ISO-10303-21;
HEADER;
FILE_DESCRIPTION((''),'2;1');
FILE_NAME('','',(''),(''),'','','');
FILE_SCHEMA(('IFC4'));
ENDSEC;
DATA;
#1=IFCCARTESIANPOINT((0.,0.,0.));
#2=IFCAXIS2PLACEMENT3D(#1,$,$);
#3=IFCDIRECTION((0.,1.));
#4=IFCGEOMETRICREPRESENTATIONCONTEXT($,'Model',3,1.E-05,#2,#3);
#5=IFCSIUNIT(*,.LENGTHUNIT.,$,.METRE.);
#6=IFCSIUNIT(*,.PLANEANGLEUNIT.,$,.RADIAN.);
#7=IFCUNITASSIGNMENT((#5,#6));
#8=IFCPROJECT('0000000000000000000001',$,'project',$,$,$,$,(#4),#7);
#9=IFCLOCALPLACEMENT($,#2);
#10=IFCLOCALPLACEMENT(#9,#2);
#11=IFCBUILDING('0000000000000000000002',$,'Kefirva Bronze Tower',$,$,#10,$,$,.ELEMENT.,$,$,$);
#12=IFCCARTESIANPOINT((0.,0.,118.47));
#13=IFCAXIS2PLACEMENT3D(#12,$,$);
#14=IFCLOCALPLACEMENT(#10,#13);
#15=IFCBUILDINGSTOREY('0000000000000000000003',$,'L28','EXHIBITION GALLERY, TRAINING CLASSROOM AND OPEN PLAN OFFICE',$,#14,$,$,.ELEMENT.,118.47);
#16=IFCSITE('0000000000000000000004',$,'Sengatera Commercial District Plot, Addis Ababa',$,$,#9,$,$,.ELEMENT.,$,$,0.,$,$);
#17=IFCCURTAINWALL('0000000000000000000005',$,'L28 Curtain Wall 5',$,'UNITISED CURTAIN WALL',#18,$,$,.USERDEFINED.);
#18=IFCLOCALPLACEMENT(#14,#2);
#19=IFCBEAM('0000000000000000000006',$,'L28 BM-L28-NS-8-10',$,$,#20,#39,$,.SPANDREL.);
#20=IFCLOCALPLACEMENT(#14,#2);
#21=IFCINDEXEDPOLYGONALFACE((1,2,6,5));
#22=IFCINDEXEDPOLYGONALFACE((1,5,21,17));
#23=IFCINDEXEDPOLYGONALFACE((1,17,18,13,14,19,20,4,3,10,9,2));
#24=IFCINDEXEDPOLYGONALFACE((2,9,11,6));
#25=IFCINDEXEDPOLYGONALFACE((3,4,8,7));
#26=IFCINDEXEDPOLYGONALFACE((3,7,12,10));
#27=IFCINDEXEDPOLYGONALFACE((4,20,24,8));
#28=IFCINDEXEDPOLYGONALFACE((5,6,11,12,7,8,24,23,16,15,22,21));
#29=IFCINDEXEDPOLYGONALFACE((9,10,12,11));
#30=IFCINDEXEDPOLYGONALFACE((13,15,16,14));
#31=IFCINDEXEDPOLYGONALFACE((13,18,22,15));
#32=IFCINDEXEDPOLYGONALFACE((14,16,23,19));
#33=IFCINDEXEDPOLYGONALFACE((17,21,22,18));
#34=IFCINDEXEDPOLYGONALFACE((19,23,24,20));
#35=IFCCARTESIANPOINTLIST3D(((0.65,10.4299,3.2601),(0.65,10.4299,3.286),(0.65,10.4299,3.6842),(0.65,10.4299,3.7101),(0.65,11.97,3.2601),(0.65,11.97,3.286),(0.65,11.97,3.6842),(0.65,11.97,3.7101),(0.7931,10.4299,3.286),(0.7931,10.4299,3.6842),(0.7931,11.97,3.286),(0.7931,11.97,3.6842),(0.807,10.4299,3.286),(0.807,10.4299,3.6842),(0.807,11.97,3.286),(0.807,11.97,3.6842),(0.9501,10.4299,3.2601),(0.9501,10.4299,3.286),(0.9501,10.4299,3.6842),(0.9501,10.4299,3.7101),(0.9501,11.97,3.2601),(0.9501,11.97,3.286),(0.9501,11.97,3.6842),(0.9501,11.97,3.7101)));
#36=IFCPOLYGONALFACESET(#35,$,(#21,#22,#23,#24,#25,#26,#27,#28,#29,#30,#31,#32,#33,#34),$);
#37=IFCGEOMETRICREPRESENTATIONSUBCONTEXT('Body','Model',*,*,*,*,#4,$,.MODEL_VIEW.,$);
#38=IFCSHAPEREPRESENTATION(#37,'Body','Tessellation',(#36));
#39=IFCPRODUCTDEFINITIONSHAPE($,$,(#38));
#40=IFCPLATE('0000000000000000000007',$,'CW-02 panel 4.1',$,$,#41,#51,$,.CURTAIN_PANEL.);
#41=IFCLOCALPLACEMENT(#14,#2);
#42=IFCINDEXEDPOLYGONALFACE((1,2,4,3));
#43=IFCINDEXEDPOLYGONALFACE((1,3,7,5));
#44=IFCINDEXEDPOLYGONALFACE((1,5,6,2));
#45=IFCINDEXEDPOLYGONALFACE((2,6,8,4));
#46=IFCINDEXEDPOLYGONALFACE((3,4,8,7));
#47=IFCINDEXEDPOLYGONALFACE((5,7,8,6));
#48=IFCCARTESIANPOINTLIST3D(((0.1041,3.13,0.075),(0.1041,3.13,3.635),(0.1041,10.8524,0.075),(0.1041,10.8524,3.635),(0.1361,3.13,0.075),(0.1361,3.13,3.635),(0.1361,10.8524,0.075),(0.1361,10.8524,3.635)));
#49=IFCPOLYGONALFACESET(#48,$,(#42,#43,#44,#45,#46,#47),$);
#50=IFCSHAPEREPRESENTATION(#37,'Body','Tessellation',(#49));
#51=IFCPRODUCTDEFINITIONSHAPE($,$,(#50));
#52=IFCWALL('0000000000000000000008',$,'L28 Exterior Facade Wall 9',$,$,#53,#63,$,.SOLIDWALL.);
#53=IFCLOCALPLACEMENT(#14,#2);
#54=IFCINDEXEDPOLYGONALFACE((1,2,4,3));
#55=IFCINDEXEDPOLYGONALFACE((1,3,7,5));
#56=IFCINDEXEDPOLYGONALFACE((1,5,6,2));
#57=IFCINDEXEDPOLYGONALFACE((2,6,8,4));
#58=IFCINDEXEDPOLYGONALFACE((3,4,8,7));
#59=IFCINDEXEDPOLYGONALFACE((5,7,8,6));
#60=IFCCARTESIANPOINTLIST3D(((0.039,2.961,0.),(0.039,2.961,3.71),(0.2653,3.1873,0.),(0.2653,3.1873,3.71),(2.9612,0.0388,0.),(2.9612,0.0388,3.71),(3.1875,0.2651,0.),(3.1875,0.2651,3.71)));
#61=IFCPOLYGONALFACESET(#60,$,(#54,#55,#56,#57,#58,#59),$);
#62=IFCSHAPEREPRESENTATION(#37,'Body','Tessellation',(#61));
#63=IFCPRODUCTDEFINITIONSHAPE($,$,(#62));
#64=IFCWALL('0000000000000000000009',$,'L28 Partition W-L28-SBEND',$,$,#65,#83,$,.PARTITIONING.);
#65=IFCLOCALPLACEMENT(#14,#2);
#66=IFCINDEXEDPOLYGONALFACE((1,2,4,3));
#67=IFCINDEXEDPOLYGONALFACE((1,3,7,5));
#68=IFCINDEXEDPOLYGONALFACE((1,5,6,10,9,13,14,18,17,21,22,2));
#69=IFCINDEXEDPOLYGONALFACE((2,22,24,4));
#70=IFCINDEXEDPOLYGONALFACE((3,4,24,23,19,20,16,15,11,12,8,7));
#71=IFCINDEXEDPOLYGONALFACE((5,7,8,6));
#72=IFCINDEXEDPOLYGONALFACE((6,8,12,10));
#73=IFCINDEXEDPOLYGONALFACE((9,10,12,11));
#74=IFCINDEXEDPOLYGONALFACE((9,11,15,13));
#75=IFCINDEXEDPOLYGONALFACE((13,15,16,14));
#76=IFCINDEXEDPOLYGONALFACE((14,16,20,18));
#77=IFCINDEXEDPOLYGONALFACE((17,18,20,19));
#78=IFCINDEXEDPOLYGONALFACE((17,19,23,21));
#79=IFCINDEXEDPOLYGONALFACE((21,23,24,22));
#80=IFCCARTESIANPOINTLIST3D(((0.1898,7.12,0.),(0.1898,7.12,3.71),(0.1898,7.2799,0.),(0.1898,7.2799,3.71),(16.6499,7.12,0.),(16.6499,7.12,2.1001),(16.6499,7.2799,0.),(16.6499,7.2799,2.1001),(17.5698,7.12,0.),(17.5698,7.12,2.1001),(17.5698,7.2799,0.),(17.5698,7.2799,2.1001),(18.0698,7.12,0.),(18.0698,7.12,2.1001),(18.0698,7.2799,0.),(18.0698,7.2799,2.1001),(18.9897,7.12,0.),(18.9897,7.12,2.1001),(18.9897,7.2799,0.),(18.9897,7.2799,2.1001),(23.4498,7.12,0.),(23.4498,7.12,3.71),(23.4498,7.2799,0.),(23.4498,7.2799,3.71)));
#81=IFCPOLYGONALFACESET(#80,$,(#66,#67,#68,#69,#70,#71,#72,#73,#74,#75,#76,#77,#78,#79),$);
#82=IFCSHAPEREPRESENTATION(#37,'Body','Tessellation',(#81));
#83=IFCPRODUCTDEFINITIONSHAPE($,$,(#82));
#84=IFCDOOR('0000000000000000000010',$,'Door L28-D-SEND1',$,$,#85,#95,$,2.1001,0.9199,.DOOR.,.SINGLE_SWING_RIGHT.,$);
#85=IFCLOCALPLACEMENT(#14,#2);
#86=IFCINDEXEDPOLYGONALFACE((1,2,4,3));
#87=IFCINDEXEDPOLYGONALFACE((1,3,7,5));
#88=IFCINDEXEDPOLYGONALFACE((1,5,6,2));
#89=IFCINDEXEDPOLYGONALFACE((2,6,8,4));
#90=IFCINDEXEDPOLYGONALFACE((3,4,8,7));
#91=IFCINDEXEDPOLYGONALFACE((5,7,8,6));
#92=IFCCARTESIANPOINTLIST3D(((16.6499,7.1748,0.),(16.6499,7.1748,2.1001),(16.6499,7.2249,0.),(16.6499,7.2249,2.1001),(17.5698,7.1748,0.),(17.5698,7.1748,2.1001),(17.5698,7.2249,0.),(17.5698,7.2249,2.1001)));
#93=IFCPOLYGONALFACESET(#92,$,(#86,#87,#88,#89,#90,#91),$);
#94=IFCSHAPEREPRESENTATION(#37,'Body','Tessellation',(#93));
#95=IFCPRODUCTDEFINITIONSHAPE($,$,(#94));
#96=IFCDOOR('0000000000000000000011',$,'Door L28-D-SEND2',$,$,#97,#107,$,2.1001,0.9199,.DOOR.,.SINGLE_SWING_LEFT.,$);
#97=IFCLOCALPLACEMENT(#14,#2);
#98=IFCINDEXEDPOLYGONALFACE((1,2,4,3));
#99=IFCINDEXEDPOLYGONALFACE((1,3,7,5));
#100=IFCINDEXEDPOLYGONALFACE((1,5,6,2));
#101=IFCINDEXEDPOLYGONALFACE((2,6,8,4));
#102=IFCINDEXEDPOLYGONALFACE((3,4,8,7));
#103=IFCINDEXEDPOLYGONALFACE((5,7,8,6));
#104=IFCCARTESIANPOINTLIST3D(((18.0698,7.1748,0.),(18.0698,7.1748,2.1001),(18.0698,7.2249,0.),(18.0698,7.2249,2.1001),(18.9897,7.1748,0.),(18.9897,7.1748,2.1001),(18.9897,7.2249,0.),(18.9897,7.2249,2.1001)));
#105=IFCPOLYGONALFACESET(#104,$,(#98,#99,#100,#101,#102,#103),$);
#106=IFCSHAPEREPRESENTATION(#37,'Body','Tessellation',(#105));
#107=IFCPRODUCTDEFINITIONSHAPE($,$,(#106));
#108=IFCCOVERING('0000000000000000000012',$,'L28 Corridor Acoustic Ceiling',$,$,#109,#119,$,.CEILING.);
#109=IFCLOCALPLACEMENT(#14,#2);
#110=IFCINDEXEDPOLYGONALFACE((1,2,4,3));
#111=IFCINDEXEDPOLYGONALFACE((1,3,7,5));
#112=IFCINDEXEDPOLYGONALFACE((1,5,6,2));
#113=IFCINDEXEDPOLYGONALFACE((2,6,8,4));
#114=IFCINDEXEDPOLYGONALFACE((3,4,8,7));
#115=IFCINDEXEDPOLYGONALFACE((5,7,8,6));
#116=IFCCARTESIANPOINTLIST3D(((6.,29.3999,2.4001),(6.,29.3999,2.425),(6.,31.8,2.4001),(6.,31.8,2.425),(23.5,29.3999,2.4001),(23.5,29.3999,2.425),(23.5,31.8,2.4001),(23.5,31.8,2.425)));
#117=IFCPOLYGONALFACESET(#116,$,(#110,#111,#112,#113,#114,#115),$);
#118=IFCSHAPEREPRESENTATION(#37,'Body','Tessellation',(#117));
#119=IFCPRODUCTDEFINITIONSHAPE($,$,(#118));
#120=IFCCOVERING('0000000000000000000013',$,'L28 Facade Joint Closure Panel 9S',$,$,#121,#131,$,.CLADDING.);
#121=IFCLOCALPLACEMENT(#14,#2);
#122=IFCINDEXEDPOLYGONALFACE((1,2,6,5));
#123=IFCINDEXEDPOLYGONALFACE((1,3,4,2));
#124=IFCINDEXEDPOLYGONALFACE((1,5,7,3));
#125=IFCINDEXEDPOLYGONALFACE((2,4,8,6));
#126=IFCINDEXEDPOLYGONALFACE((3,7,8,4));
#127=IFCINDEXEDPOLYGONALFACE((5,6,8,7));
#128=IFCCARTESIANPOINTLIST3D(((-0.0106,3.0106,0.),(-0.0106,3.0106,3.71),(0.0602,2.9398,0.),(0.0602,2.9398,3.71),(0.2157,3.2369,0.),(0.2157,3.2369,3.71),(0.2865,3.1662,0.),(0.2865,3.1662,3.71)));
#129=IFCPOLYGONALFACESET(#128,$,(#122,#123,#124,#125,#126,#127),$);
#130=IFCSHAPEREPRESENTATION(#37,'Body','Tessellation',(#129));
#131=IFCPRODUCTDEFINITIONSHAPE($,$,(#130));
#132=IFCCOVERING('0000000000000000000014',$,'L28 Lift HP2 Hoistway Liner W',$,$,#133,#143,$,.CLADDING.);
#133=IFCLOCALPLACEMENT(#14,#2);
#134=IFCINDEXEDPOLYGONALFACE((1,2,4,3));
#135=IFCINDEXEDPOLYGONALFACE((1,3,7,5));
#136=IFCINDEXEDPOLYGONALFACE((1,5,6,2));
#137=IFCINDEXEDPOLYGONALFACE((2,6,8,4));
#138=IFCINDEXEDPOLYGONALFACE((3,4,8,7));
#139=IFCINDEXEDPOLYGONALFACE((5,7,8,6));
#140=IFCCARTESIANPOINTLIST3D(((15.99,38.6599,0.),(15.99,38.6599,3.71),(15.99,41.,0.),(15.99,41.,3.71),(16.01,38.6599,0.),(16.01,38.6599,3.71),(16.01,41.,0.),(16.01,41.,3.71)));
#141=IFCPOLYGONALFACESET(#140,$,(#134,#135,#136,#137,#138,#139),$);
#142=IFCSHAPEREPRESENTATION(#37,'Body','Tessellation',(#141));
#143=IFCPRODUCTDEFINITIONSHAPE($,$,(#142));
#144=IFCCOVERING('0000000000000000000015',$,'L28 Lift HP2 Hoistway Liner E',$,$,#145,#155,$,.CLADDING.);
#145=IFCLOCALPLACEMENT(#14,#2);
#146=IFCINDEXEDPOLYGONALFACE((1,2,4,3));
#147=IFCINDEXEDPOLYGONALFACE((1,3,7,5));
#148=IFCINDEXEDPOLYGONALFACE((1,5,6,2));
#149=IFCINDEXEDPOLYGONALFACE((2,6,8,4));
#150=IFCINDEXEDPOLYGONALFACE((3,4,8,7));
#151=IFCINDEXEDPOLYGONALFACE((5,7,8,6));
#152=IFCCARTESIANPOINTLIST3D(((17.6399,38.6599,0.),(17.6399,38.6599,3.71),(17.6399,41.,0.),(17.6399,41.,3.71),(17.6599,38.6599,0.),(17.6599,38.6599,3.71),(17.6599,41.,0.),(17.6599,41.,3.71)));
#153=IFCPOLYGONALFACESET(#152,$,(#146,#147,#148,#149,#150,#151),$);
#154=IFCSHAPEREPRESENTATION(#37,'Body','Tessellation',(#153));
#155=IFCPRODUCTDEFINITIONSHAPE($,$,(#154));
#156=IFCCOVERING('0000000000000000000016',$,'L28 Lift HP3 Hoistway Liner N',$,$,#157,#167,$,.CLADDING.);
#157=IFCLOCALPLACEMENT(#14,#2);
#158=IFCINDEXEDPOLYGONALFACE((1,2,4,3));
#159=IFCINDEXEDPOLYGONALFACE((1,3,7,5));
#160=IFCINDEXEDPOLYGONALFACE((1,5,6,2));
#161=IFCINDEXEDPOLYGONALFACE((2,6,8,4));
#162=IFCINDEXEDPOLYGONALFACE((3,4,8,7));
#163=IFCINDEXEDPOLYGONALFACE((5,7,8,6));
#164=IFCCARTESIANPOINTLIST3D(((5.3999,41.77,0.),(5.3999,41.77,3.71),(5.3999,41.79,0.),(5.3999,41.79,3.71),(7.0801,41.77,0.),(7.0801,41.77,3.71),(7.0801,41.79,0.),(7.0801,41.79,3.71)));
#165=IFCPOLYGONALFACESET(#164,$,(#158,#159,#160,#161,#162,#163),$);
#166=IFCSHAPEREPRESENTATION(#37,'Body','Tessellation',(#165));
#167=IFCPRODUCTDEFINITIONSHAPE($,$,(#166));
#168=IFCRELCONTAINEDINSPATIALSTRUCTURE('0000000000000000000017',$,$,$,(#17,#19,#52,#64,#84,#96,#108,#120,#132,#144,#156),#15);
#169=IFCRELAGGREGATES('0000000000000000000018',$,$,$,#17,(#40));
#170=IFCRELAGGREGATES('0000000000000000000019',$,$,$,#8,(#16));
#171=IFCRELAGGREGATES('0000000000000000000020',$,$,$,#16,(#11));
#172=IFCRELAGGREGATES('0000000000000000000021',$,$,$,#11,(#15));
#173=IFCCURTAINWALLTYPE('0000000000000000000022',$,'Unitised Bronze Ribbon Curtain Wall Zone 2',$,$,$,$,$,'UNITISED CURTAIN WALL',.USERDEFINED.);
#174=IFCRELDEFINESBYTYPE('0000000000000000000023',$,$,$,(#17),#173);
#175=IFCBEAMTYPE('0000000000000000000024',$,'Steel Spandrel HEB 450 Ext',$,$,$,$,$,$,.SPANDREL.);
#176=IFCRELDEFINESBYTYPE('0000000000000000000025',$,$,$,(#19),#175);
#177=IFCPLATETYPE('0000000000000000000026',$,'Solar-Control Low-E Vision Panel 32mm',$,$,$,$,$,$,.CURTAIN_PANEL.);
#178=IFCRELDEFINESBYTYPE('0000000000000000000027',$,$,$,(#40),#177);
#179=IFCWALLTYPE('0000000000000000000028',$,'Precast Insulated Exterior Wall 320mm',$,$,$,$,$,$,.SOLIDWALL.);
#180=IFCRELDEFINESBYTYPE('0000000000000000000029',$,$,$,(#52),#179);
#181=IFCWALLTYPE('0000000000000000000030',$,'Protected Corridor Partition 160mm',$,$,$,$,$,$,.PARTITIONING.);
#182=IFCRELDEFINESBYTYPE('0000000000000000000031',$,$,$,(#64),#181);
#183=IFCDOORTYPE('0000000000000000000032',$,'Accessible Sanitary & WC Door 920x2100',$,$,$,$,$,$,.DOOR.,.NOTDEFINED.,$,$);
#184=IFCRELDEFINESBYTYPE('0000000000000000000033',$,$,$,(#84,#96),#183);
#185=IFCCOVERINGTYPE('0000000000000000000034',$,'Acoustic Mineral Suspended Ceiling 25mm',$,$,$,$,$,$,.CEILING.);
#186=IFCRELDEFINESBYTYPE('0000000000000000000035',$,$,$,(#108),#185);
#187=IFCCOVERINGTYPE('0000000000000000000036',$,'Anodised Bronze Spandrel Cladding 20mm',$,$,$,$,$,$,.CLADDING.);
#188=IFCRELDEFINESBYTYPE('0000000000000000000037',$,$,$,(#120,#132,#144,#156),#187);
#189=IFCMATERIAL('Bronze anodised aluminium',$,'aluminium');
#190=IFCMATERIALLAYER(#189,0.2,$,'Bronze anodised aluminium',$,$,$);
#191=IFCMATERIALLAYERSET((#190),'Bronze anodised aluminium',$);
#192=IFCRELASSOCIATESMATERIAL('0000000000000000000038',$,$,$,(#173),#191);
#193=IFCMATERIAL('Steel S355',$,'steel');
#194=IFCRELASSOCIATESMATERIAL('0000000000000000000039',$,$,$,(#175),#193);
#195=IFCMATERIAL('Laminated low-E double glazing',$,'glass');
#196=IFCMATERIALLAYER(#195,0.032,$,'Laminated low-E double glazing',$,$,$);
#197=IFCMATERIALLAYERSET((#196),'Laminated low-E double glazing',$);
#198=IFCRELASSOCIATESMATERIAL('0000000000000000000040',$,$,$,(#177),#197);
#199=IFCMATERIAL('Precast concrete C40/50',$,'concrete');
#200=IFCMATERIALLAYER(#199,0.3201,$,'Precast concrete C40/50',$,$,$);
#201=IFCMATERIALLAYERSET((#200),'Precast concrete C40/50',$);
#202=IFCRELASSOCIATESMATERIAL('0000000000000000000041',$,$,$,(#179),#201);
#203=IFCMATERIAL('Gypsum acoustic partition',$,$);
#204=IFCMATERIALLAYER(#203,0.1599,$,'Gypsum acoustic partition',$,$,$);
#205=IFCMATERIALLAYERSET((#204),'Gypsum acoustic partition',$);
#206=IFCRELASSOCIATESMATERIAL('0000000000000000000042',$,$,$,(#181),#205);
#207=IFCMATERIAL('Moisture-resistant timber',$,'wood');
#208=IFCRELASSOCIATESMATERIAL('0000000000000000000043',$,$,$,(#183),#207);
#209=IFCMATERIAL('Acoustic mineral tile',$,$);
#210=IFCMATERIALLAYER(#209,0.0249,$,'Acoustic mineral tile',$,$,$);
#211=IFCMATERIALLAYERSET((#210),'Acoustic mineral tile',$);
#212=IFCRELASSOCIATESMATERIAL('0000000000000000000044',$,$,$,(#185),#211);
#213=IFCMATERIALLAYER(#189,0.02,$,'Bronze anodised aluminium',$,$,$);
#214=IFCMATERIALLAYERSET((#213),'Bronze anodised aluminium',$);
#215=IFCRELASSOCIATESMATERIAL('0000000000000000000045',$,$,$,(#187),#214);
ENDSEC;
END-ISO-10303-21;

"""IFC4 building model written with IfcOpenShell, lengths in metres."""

from ifc_helpers import new_model, si_unit, direction, frame, frame_2d, origin, origin_2d, place, context, subcontext, project, spatial, polyline, rectangle, i_section, outline, extrude, material, layer, layer_set, material_profile, profile_set, type_object, element, fill, aggregate, save


model = new_model("IFC4")

# Units and contexts
model_context = context("Model", 3, precision=1e-05, world=origin(), true_north=direction((0.0, 1.0)))
body_context = subcontext(model_context, "Body", "Model", "MODEL_VIEW")
ifc_project = project(units=[si_unit("LENGTHUNIT", "METRE"), si_unit("PLANEANGLEUNIT", "RADIAN")], contexts=[model_context])

# Site, building, storey
site_placement = place(None, origin())
site = spatial("IfcSite", under=ifc_project, at=site_placement, Name="Sengatera Commercial District Plot, Addis Ababa", CompositionType="ELEMENT", RefElevation=0.0)
building_placement = place(site_placement, origin())
building = spatial("IfcBuilding", under=site, at=building_placement, Name="Kefirva Bronze Tower", CompositionType="ELEMENT")
storey_placement = place(building_placement, frame((0.0, 0.0, 118.47)))
storey = spatial("IfcBuildingStorey", under=building, at=storey_placement, Name="L28", Description="EXHIBITION GALLERY, TRAINING CLASSROOM AND OPEN PLAN OFFICE", CompositionType="ELEMENT", Elevation=118.47)

# Curtain wall
ifc_material_1 = material(Name="Bronze anodised aluminium", Category="aluminium")
ifc_layer_1 = layer(ifc_material_1, 0.2, Name="Bronze anodised aluminium")
ifc_layer_set_1 = layer_set([ifc_layer_1], Name="Bronze anodised aluminium")
curtain_wall_type = type_object("IfcCurtainWallType", Name="Unitised Bronze Ribbon Curtain Wall Zone 2", ElementType="UNITISED CURTAIN WALL", PredefinedType="USERDEFINED", material=ifc_layer_set_1)
curtain_wall_placement = place(storey_placement, origin())
curtain_wall = element("IfcCurtainWall", 1, at=curtain_wall_placement, inside=storey, type_object=curtain_wall_type, Name="L28 Curtain Wall 5", ObjectType="UNITISED CURTAIN WALL", PredefinedType="USERDEFINED")

# Beam
ifc_material_2 = material(Name="Steel S355", Category="steel")
ifc_material_profile_1 = material_profile(ifc_material_2, i_section(OverallWidth=0.3, OverallDepth=0.45, WebThickness=0.0139, FlangeThickness=0.0259, at=origin_2d()), Name="HEB 450")
ifc_profile_set_1 = profile_set([ifc_material_profile_1], Name="Steel S355")
beam_type_1 = type_object("IfcBeamType", Name="Steel Spandrel HEB 450 Ext", PredefinedType="SPANDREL", material=ifc_profile_set_1)
beam_1_placement = place(storey_placement, frame((0.8, 10.4299, 3.4851), z_axis=(0.0, 1.0, 0.0), x_axis=(-1.0, 0.0, 0.0)))
element("IfcBeam", 2, at=beam_1_placement, inside=storey, type_object=beam_type_1, Name="L28 BM-L28-NS-8-10", PredefinedType="SPANDREL", context=body_context, shape_type="SweptSolid", body=[
    extrude(i_section(OverallWidth=0.3, OverallDepth=0.45, WebThickness=0.0139, FlangeThickness=0.0259, at=origin_2d()), origin(), (0.0, 0.0, 1.0), 1.54),
])

# Plate
ifc_material_3 = material(Name="Laminated low-E double glazing", Category="glass")
ifc_layer_2 = layer(ifc_material_3, 0.032, Name="Laminated low-E double glazing")
ifc_layer_set_2 = layer_set([ifc_layer_2], Name="Laminated low-E double glazing")
plate_type = type_object("IfcPlateType", Name="Solar-Control Low-E Vision Panel 32mm", PredefinedType="CURTAIN_PANEL", material=ifc_layer_set_2)
plate_placement = place(storey_placement, frame((0.1201, 6.9912, 0.075), z_axis=(0.0, 0.0, 1.0), x_axis=(0.0, -1.0, 0.0)))
plate = element("IfcPlate", 3, at=plate_placement, type_object=plate_type, Name="CW-02 panel 4.1", PredefinedType="CURTAIN_PANEL", context=body_context, shape_type="SweptSolid", body=[
    extrude(rectangle(XDim=7.7224, YDim=0.032, at=origin_2d()), origin(), (0.0, 0.0, 1.0), 3.5601),
])
aggregate(curtain_wall, [plate])

# Wall
ifc_material_4 = material(Name="Precast concrete C40/50", Category="concrete")
ifc_layer_3 = layer(ifc_material_4, 0.3201, Name="Precast concrete C40/50")
ifc_layer_set_3 = layer_set([ifc_layer_3], Name="Precast concrete C40/50")
wall_type_1 = type_object("IfcWallType", Name="Precast Insulated Exterior Wall 320mm", PredefinedType="SOLIDWALL", material=ifc_layer_set_3)
wall_1_placement = place(storey_placement, frame((0.1521, 3.0742, 0.0), z_axis=(0.0, 0.0, 1.0), x_axis=(0.707107, -0.707107, 0.0)))
element("IfcWall", 4, at=wall_1_placement, inside=storey, type_object=wall_type_1, Name="L28 Exterior Facade Wall 9", PredefinedType="SOLIDWALL", context=body_context, shape_type="SweptSolid", body=[
    extrude(rectangle(XDim=4.1326, YDim=0.3201, at=frame_2d((2.0664, 0.0))), origin(), (0.0, 0.0, 1.0), 3.71),
])

# Wall, openings, doors
ifc_material_5 = material(Name="Gypsum acoustic partition")
ifc_layer_4 = layer(ifc_material_5, 0.1599, Name="Gypsum acoustic partition")
ifc_layer_set_4 = layer_set([ifc_layer_4], Name="Gypsum acoustic partition")
wall_type_2 = type_object("IfcWallType", Name="Protected Corridor Partition 160mm", PredefinedType="PARTITIONING", material=ifc_layer_set_4)
wall_2_placement = place(storey_placement, frame((0.1899, 7.2, 0.0), z_axis=(0.0, 0.0, 1.0), x_axis=(1.0, 0.0, 0.0)))
wall_2 = element("IfcWall", 5, at=wall_2_placement, inside=storey, type_object=wall_type_2, Name="L28 Partition W-L28-SBEND", PredefinedType="PARTITIONING", context=body_context, shape_type="SweptSolid", body=[
    extrude(rectangle(XDim=23.26, YDim=0.1599, at=frame_2d((11.6299, 0.0))), origin(), (0.0, 0.0, 1.0), 3.71),
])
opening_1_placement = place(wall_2_placement, frame((16.46, 0.0, 0.0)))
opening_1 = element("IfcOpeningElement", 6, at=opening_1_placement, cuts=wall_2, PredefinedType="OPENING", context=body_context, shape_type="SweptSolid", body=[
    extrude(rectangle(XDim=0.9199, YDim=2.1001, at=frame_2d((0.46, 1.05))), frame((0.0, 0.0898, 0.0), z_axis=(0.0, -1.0, 0.0), x_axis=(1.0, 0.0, 0.0)), (0.0, 0.0, 1.0), 0.1799),
])
opening_2_placement = place(wall_2_placement, frame((17.8799, 0.0, 0.0)))
opening_2 = element("IfcOpeningElement", 7, at=opening_2_placement, cuts=wall_2, PredefinedType="OPENING", context=body_context, shape_type="SweptSolid", body=[
    extrude(rectangle(XDim=0.9199, YDim=2.1001, at=frame_2d((0.46, 1.05))), frame((0.0, 0.0898, 0.0), z_axis=(0.0, -1.0, 0.0), x_axis=(1.0, 0.0, 0.0)), (0.0, 0.0, 1.0), 0.1799),
])
ifc_material_6 = material(Name="Moisture-resistant timber", Category="wood")
door_type = type_object("IfcDoorType", Name="Accessible Sanitary & WC Door 920x2100", OperationType="NOTDEFINED", PredefinedType="DOOR", material=ifc_material_6)
door_1_placement = place(opening_1_placement, origin())
door_1 = element("IfcDoor", 8, at=door_1_placement, inside=storey, type_object=door_type, Name="Door L28-D-SEND1", OperationType="SINGLE_SWING_RIGHT", OverallHeight=2.1001, OverallWidth=0.9199, PredefinedType="DOOR", context=body_context, shape_type="SweptSolid", body=[
    extrude(rectangle(XDim=0.9199, YDim=2.1001, at=frame_2d((0.46, 1.05))), frame((0.0, 0.0249, 0.0), z_axis=(0.0, -1.0, 0.0), x_axis=(1.0, 0.0, 0.0)), (0.0, 0.0, 1.0), 0.05),
])
fill(opening_1, door_1)
door_2_placement = place(opening_2_placement, origin())
door_2 = element("IfcDoor", 9, at=door_2_placement, inside=storey, type_object=door_type, Name="Door L28-D-SEND2", OperationType="SINGLE_SWING_LEFT", OverallHeight=2.1001, OverallWidth=0.9199, PredefinedType="DOOR", context=body_context, shape_type="SweptSolid", body=[
    extrude(rectangle(XDim=0.9199, YDim=2.1001, at=frame_2d((0.46, 1.05))), frame((0.0, 0.0249, 0.0), z_axis=(0.0, -1.0, 0.0), x_axis=(1.0, 0.0, 0.0)), (0.0, 0.0, 1.0), 0.05),
])
fill(opening_2, door_2)

# Coverings
ifc_material_7 = material(Name="Acoustic mineral tile")
ifc_layer_5 = layer(ifc_material_7, 0.0249, Name="Acoustic mineral tile")
ifc_layer_set_5 = layer_set([ifc_layer_5], Name="Acoustic mineral tile")
covering_type_1 = type_object("IfcCoveringType", Name="Acoustic Mineral Suspended Ceiling 25mm", PredefinedType="CEILING", material=ifc_layer_set_5)
covering_1_placement = place(storey_placement, frame((0.0, 0.0, 2.4001)))
element("IfcCovering", 10, at=covering_1_placement, inside=storey, type_object=covering_type_1, Name="L28 Corridor Acoustic Ceiling", PredefinedType="CEILING", context=body_context, shape_type="SweptSolid", body=[
    extrude(outline(polyline([(6.0, 29.3999), (23.5, 29.3999), (23.5, 31.8), (6.0, 31.8), (6.0, 29.3999)])), origin(), (0.0, 0.0, 1.0), 0.0249),
])
ifc_layer_6 = layer(ifc_material_1, 0.02, Name="Bronze anodised aluminium")
ifc_layer_set_6 = layer_set([ifc_layer_6], Name="Bronze anodised aluminium")
covering_type_2 = type_object("IfcCoveringType", Name="Anodised Bronze Spandrel Cladding 20mm", PredefinedType="CLADDING", material=ifc_layer_set_6)
covering_2_placement = place(storey_placement, frame((0.1379, 3.0884, 0.0), z_axis=(0.0, 0.0, 1.0), x_axis=(0.707107, -0.707107, 0.0)))
element("IfcCovering", 11, at=covering_2_placement, inside=storey, type_object=covering_type_2, Name="L28 Facade Joint Closure Panel 9S", PredefinedType="CLADDING", context=body_context, shape_type="SweptSolid", body=[
    extrude(rectangle(XDim=0.1001, YDim=0.3201, at=origin_2d()), origin(), (0.0, 0.0, 1.0), 3.71),
])
covering_3_placement = place(storey_placement, origin())
element("IfcCovering", 12, at=covering_3_placement, inside=storey, type_object=covering_type_2, Name="L28 Lift HP2 Hoistway Liner W", PredefinedType="CLADDING", context=body_context, shape_type="SweptSolid", body=[
    extrude(outline(polyline([(15.99, 38.6599), (16.01, 38.6599), (16.01, 41.0), (15.99, 41.0), (15.99, 38.6599)])), origin(), (0.0, 0.0, 1.0), 3.71),
])
covering_4_placement = place(storey_placement, origin())
element("IfcCovering", 13, at=covering_4_placement, inside=storey, type_object=covering_type_2, Name="L28 Lift HP2 Hoistway Liner E", PredefinedType="CLADDING", context=body_context, shape_type="SweptSolid", body=[
    extrude(outline(polyline([(17.6399, 38.6599), (17.6599, 38.6599), (17.6599, 41.0), (17.6399, 41.0), (17.6399, 38.6599)])), origin(), (0.0, 0.0, 1.0), 3.71),
])
covering_5_placement = place(storey_placement, origin())
element("IfcCovering", 14, at=covering_5_placement, inside=storey, type_object=covering_type_2, Name="L28 Lift HP3 Hoistway Liner N", PredefinedType="CLADDING", context=body_context, shape_type="SweptSolid", body=[
    extrude(outline(polyline([(5.3999, 41.77), (7.0801, 41.77), (7.0801, 41.79), (5.3999, 41.79), (5.3999, 41.77)])), origin(), (0.0, 0.0, 1.0), 3.71),
])

save(model, "model.ifc")
